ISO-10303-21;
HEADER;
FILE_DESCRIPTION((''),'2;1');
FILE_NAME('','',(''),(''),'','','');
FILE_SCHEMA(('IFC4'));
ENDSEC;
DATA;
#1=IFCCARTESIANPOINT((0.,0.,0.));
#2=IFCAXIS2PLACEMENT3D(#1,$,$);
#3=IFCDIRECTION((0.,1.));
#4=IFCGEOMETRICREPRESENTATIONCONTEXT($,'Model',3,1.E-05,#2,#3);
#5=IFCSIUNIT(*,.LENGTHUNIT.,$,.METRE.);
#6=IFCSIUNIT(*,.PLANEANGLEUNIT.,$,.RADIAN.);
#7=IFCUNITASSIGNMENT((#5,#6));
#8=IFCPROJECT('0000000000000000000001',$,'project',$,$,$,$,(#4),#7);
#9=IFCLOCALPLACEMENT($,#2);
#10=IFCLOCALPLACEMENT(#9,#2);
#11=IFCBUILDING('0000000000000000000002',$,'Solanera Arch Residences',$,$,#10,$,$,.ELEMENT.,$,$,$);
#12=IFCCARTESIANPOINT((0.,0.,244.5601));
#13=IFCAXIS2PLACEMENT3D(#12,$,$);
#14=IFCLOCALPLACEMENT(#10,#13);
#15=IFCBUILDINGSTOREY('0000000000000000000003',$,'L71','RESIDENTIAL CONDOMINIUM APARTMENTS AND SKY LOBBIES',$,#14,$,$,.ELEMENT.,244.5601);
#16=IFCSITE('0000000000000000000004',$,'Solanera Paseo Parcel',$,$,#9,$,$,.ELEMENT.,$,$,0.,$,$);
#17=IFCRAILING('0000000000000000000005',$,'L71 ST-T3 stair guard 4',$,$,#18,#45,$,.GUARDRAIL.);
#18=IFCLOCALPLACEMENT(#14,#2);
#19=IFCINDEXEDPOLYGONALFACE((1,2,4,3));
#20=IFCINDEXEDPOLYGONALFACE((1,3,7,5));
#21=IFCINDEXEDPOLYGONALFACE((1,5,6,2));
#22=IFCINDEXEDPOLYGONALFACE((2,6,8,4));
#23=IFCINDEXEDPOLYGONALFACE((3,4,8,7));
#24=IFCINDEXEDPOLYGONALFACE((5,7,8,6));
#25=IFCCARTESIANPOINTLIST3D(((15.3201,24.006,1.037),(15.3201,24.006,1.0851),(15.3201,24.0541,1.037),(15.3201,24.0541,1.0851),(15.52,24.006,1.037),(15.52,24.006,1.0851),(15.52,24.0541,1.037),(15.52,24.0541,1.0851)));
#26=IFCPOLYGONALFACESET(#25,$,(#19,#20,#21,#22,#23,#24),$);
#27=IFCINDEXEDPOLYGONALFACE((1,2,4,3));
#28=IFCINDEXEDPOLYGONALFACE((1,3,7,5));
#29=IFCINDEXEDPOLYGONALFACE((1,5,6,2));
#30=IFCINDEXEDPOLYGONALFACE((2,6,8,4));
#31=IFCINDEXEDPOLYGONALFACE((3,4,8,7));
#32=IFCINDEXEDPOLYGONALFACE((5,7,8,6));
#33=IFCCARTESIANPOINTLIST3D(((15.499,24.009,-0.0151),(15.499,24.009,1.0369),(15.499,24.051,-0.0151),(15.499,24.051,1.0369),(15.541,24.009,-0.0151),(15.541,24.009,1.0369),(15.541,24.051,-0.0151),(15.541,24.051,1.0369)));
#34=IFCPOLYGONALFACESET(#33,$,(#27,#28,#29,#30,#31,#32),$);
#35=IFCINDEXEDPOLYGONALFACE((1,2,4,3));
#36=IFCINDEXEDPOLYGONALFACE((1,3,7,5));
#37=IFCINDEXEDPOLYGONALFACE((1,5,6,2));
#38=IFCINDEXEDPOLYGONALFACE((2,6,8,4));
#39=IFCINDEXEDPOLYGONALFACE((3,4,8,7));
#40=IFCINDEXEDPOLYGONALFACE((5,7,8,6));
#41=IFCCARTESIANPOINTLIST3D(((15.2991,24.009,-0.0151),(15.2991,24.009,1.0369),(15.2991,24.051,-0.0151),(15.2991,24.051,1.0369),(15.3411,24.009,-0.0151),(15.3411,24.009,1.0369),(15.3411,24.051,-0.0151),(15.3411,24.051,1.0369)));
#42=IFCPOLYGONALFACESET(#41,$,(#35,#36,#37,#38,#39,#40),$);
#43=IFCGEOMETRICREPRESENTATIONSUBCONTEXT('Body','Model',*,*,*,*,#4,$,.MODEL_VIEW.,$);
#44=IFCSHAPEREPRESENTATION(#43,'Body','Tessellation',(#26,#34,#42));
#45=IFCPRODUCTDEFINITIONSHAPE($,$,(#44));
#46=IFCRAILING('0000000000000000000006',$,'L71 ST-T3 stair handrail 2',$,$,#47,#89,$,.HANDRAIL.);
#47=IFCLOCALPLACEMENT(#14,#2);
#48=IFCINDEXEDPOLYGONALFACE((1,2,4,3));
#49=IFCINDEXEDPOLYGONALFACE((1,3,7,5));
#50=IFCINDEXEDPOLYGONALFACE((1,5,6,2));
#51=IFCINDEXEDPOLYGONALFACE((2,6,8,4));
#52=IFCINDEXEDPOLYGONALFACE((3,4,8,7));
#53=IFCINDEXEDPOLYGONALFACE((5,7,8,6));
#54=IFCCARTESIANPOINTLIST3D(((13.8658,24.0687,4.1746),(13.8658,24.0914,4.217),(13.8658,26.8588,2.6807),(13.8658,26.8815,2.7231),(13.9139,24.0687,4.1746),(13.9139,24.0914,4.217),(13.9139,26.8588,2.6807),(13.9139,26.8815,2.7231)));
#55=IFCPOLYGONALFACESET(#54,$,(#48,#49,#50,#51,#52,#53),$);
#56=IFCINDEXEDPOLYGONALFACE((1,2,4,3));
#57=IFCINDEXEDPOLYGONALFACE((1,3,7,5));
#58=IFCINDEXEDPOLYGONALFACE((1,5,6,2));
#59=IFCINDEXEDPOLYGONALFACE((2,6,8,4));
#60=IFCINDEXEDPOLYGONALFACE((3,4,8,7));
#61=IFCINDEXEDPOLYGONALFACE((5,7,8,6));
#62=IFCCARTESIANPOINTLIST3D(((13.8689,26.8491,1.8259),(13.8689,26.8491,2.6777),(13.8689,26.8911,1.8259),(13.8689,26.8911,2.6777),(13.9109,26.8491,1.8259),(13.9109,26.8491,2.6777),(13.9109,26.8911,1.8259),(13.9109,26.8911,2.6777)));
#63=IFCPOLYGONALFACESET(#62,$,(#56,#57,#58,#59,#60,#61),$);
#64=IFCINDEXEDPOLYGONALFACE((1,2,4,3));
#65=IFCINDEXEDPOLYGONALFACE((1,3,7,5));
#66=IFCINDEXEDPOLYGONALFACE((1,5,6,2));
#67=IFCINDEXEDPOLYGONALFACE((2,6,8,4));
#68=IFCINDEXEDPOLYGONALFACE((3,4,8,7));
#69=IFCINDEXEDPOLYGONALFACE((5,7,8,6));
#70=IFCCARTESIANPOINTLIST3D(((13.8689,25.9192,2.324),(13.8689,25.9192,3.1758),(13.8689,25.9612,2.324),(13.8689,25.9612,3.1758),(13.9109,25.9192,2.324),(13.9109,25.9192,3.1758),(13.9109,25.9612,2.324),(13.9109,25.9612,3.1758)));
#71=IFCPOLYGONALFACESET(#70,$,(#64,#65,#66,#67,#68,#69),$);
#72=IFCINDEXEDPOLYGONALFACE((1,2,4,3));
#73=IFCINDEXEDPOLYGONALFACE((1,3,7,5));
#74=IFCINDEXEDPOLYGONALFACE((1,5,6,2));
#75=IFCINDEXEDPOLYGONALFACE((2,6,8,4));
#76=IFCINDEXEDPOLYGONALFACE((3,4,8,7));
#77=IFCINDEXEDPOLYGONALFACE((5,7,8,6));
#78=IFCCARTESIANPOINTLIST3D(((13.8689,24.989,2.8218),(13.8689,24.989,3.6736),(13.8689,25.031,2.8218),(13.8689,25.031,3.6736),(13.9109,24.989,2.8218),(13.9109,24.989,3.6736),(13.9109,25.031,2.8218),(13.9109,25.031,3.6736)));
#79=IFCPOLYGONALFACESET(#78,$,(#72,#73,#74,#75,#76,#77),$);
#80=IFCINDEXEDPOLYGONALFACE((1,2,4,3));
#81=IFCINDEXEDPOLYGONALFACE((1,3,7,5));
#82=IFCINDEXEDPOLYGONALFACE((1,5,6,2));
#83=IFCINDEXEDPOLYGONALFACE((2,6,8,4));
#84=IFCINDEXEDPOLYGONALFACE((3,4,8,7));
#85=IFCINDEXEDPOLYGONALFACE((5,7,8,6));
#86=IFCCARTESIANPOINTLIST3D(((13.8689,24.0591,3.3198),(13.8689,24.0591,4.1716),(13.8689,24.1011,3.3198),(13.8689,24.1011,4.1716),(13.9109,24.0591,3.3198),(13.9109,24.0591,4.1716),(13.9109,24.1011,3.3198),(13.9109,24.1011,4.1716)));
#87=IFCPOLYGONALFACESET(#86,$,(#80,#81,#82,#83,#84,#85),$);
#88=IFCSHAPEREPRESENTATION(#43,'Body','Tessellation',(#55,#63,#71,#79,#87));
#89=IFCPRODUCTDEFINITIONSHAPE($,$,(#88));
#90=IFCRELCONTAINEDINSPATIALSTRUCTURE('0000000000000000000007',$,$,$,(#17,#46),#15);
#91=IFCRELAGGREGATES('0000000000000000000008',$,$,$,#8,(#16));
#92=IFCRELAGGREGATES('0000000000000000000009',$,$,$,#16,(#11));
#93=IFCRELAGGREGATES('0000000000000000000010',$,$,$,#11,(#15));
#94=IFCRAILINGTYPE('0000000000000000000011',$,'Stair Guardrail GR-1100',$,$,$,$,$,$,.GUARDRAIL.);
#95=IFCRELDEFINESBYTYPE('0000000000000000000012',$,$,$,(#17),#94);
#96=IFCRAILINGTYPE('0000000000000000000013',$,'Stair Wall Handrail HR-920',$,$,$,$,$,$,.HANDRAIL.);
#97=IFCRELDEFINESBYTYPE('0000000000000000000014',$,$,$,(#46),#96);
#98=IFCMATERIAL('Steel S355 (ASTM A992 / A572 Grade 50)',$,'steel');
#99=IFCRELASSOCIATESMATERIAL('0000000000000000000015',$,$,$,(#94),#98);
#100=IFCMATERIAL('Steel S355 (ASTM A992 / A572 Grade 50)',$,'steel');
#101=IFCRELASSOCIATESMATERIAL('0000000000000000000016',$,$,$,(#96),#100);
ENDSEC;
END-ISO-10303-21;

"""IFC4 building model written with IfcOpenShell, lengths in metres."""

from ifc_helpers import new_model, si_unit, direction, frame, origin, origin_2d, place, context, subcontext, project, spatial, rectangle, extrude, material, type_object, element, save


model = new_model("IFC4")

# Units and contexts
model_context = context("Model", 3, precision=1e-05, world=origin(), true_north=direction((0.0, 1.0)))
body_context = subcontext(model_context, "Body", "Model", "MODEL_VIEW")
ifc_project = project(units=[si_unit("LENGTHUNIT", "METRE"), si_unit("PLANEANGLEUNIT", "RADIAN")], contexts=[model_context])

# Site, building, storey
site_placement = place(None, origin())
site = spatial("IfcSite", under=ifc_project, at=site_placement, Name="Solanera Paseo Parcel", CompositionType="ELEMENT", RefElevation=0.0)
building_placement = place(site_placement, origin())
building = spatial("IfcBuilding", under=site, at=building_placement, Name="Solanera Arch Residences", CompositionType="ELEMENT")
storey_placement = place(building_placement, frame((0.0, 0.0, 244.5601)))
storey = spatial("IfcBuildingStorey", under=building, at=storey_placement, Name="L71", Description="RESIDENTIAL CONDOMINIUM APARTMENTS AND SKY LOBBIES", CompositionType="ELEMENT", Elevation=244.5601)

# Railings
ifc_material_1 = material(Name="Steel S355 (ASTM A992 / A572 Grade 50)", Category="steel")
railing_type_1 = type_object("IfcRailingType", Name="Stair Guardrail GR-1100", PredefinedType="GUARDRAIL", material=ifc_material_1)
railing_1_placement = place(storey_placement, frame((15.52, 24.03, -0.0151)))
element("IfcRailing", 1, at=railing_1_placement, inside=storey, type_object=railing_type_1, Name="L71 ST-T3 stair guard 4", PredefinedType="GUARDRAIL", context=body_context, shape_type="SweptSolid", body=[
    extrude(rectangle(XDim=0.0481, YDim=0.0481, at=origin_2d()), frame((0.0, 0.0, 1.0762), z_axis=(-1.0, 0.0, 0.0), x_axis=(0.0, -1.0, 0.0)), (0.0, 0.0, 1.0), 0.2),
    extrude(rectangle(XDim=0.042, YDim=0.042, at=origin_2d()), origin(), (0.0, 0.0, 1.0), 1.052),
    extrude(rectangle(XDim=0.042, YDim=0.042, at=origin_2d()), frame((-0.2, 0.0, 0.0)), (0.0, 0.0, 1.0), 1.052),
])
ifc_material_2 = material(Name="Steel S355 (ASTM A992 / A572 Grade 50)", Category="steel")
railing_type_2 = type_object("IfcRailingType", Name="Stair Wall Handrail HR-920", PredefinedType="HANDRAIL", material=ifc_material_2)
railing_2_placement = place(storey_placement, frame((13.8899, 26.8701, 1.8259)))
element("IfcRailing", 2, at=railing_2_placement, inside=storey, type_object=railing_type_2, Name="L71 ST-T3 stair handrail 2", PredefinedType="HANDRAIL", context=body_context, shape_type="SweptSolid", body=[
    extrude(rectangle(XDim=0.0481, YDim=0.0481, at=origin_2d()), frame((0.0, 0.0, 0.876), z_axis=(0.0, -0.881581, 0.472033), x_axis=(1.0, 0.0, 0.0)), (0.0, 0.0, 1.0), 3.1648),
    extrude(rectangle(XDim=0.042, YDim=0.042, at=origin_2d()), origin(), (0.0, 0.0, 1.0), 0.8518),
    extrude(rectangle(XDim=0.042, YDim=0.042, at=origin_2d()), frame((0.0, -0.9299, 0.498)), (0.0, 0.0, 1.0), 0.8518),
    extrude(rectangle(XDim=0.042, YDim=0.042, at=origin_2d()), frame((0.0, -1.8601, 0.9958)), (0.0, 0.0, 1.0), 0.8518),
    extrude(rectangle(XDim=0.042, YDim=0.042, at=origin_2d()), frame((0.0, -2.79, 1.4939)), (0.0, 0.0, 1.0), 0.8518),
])

save(model, "model.ifc")
